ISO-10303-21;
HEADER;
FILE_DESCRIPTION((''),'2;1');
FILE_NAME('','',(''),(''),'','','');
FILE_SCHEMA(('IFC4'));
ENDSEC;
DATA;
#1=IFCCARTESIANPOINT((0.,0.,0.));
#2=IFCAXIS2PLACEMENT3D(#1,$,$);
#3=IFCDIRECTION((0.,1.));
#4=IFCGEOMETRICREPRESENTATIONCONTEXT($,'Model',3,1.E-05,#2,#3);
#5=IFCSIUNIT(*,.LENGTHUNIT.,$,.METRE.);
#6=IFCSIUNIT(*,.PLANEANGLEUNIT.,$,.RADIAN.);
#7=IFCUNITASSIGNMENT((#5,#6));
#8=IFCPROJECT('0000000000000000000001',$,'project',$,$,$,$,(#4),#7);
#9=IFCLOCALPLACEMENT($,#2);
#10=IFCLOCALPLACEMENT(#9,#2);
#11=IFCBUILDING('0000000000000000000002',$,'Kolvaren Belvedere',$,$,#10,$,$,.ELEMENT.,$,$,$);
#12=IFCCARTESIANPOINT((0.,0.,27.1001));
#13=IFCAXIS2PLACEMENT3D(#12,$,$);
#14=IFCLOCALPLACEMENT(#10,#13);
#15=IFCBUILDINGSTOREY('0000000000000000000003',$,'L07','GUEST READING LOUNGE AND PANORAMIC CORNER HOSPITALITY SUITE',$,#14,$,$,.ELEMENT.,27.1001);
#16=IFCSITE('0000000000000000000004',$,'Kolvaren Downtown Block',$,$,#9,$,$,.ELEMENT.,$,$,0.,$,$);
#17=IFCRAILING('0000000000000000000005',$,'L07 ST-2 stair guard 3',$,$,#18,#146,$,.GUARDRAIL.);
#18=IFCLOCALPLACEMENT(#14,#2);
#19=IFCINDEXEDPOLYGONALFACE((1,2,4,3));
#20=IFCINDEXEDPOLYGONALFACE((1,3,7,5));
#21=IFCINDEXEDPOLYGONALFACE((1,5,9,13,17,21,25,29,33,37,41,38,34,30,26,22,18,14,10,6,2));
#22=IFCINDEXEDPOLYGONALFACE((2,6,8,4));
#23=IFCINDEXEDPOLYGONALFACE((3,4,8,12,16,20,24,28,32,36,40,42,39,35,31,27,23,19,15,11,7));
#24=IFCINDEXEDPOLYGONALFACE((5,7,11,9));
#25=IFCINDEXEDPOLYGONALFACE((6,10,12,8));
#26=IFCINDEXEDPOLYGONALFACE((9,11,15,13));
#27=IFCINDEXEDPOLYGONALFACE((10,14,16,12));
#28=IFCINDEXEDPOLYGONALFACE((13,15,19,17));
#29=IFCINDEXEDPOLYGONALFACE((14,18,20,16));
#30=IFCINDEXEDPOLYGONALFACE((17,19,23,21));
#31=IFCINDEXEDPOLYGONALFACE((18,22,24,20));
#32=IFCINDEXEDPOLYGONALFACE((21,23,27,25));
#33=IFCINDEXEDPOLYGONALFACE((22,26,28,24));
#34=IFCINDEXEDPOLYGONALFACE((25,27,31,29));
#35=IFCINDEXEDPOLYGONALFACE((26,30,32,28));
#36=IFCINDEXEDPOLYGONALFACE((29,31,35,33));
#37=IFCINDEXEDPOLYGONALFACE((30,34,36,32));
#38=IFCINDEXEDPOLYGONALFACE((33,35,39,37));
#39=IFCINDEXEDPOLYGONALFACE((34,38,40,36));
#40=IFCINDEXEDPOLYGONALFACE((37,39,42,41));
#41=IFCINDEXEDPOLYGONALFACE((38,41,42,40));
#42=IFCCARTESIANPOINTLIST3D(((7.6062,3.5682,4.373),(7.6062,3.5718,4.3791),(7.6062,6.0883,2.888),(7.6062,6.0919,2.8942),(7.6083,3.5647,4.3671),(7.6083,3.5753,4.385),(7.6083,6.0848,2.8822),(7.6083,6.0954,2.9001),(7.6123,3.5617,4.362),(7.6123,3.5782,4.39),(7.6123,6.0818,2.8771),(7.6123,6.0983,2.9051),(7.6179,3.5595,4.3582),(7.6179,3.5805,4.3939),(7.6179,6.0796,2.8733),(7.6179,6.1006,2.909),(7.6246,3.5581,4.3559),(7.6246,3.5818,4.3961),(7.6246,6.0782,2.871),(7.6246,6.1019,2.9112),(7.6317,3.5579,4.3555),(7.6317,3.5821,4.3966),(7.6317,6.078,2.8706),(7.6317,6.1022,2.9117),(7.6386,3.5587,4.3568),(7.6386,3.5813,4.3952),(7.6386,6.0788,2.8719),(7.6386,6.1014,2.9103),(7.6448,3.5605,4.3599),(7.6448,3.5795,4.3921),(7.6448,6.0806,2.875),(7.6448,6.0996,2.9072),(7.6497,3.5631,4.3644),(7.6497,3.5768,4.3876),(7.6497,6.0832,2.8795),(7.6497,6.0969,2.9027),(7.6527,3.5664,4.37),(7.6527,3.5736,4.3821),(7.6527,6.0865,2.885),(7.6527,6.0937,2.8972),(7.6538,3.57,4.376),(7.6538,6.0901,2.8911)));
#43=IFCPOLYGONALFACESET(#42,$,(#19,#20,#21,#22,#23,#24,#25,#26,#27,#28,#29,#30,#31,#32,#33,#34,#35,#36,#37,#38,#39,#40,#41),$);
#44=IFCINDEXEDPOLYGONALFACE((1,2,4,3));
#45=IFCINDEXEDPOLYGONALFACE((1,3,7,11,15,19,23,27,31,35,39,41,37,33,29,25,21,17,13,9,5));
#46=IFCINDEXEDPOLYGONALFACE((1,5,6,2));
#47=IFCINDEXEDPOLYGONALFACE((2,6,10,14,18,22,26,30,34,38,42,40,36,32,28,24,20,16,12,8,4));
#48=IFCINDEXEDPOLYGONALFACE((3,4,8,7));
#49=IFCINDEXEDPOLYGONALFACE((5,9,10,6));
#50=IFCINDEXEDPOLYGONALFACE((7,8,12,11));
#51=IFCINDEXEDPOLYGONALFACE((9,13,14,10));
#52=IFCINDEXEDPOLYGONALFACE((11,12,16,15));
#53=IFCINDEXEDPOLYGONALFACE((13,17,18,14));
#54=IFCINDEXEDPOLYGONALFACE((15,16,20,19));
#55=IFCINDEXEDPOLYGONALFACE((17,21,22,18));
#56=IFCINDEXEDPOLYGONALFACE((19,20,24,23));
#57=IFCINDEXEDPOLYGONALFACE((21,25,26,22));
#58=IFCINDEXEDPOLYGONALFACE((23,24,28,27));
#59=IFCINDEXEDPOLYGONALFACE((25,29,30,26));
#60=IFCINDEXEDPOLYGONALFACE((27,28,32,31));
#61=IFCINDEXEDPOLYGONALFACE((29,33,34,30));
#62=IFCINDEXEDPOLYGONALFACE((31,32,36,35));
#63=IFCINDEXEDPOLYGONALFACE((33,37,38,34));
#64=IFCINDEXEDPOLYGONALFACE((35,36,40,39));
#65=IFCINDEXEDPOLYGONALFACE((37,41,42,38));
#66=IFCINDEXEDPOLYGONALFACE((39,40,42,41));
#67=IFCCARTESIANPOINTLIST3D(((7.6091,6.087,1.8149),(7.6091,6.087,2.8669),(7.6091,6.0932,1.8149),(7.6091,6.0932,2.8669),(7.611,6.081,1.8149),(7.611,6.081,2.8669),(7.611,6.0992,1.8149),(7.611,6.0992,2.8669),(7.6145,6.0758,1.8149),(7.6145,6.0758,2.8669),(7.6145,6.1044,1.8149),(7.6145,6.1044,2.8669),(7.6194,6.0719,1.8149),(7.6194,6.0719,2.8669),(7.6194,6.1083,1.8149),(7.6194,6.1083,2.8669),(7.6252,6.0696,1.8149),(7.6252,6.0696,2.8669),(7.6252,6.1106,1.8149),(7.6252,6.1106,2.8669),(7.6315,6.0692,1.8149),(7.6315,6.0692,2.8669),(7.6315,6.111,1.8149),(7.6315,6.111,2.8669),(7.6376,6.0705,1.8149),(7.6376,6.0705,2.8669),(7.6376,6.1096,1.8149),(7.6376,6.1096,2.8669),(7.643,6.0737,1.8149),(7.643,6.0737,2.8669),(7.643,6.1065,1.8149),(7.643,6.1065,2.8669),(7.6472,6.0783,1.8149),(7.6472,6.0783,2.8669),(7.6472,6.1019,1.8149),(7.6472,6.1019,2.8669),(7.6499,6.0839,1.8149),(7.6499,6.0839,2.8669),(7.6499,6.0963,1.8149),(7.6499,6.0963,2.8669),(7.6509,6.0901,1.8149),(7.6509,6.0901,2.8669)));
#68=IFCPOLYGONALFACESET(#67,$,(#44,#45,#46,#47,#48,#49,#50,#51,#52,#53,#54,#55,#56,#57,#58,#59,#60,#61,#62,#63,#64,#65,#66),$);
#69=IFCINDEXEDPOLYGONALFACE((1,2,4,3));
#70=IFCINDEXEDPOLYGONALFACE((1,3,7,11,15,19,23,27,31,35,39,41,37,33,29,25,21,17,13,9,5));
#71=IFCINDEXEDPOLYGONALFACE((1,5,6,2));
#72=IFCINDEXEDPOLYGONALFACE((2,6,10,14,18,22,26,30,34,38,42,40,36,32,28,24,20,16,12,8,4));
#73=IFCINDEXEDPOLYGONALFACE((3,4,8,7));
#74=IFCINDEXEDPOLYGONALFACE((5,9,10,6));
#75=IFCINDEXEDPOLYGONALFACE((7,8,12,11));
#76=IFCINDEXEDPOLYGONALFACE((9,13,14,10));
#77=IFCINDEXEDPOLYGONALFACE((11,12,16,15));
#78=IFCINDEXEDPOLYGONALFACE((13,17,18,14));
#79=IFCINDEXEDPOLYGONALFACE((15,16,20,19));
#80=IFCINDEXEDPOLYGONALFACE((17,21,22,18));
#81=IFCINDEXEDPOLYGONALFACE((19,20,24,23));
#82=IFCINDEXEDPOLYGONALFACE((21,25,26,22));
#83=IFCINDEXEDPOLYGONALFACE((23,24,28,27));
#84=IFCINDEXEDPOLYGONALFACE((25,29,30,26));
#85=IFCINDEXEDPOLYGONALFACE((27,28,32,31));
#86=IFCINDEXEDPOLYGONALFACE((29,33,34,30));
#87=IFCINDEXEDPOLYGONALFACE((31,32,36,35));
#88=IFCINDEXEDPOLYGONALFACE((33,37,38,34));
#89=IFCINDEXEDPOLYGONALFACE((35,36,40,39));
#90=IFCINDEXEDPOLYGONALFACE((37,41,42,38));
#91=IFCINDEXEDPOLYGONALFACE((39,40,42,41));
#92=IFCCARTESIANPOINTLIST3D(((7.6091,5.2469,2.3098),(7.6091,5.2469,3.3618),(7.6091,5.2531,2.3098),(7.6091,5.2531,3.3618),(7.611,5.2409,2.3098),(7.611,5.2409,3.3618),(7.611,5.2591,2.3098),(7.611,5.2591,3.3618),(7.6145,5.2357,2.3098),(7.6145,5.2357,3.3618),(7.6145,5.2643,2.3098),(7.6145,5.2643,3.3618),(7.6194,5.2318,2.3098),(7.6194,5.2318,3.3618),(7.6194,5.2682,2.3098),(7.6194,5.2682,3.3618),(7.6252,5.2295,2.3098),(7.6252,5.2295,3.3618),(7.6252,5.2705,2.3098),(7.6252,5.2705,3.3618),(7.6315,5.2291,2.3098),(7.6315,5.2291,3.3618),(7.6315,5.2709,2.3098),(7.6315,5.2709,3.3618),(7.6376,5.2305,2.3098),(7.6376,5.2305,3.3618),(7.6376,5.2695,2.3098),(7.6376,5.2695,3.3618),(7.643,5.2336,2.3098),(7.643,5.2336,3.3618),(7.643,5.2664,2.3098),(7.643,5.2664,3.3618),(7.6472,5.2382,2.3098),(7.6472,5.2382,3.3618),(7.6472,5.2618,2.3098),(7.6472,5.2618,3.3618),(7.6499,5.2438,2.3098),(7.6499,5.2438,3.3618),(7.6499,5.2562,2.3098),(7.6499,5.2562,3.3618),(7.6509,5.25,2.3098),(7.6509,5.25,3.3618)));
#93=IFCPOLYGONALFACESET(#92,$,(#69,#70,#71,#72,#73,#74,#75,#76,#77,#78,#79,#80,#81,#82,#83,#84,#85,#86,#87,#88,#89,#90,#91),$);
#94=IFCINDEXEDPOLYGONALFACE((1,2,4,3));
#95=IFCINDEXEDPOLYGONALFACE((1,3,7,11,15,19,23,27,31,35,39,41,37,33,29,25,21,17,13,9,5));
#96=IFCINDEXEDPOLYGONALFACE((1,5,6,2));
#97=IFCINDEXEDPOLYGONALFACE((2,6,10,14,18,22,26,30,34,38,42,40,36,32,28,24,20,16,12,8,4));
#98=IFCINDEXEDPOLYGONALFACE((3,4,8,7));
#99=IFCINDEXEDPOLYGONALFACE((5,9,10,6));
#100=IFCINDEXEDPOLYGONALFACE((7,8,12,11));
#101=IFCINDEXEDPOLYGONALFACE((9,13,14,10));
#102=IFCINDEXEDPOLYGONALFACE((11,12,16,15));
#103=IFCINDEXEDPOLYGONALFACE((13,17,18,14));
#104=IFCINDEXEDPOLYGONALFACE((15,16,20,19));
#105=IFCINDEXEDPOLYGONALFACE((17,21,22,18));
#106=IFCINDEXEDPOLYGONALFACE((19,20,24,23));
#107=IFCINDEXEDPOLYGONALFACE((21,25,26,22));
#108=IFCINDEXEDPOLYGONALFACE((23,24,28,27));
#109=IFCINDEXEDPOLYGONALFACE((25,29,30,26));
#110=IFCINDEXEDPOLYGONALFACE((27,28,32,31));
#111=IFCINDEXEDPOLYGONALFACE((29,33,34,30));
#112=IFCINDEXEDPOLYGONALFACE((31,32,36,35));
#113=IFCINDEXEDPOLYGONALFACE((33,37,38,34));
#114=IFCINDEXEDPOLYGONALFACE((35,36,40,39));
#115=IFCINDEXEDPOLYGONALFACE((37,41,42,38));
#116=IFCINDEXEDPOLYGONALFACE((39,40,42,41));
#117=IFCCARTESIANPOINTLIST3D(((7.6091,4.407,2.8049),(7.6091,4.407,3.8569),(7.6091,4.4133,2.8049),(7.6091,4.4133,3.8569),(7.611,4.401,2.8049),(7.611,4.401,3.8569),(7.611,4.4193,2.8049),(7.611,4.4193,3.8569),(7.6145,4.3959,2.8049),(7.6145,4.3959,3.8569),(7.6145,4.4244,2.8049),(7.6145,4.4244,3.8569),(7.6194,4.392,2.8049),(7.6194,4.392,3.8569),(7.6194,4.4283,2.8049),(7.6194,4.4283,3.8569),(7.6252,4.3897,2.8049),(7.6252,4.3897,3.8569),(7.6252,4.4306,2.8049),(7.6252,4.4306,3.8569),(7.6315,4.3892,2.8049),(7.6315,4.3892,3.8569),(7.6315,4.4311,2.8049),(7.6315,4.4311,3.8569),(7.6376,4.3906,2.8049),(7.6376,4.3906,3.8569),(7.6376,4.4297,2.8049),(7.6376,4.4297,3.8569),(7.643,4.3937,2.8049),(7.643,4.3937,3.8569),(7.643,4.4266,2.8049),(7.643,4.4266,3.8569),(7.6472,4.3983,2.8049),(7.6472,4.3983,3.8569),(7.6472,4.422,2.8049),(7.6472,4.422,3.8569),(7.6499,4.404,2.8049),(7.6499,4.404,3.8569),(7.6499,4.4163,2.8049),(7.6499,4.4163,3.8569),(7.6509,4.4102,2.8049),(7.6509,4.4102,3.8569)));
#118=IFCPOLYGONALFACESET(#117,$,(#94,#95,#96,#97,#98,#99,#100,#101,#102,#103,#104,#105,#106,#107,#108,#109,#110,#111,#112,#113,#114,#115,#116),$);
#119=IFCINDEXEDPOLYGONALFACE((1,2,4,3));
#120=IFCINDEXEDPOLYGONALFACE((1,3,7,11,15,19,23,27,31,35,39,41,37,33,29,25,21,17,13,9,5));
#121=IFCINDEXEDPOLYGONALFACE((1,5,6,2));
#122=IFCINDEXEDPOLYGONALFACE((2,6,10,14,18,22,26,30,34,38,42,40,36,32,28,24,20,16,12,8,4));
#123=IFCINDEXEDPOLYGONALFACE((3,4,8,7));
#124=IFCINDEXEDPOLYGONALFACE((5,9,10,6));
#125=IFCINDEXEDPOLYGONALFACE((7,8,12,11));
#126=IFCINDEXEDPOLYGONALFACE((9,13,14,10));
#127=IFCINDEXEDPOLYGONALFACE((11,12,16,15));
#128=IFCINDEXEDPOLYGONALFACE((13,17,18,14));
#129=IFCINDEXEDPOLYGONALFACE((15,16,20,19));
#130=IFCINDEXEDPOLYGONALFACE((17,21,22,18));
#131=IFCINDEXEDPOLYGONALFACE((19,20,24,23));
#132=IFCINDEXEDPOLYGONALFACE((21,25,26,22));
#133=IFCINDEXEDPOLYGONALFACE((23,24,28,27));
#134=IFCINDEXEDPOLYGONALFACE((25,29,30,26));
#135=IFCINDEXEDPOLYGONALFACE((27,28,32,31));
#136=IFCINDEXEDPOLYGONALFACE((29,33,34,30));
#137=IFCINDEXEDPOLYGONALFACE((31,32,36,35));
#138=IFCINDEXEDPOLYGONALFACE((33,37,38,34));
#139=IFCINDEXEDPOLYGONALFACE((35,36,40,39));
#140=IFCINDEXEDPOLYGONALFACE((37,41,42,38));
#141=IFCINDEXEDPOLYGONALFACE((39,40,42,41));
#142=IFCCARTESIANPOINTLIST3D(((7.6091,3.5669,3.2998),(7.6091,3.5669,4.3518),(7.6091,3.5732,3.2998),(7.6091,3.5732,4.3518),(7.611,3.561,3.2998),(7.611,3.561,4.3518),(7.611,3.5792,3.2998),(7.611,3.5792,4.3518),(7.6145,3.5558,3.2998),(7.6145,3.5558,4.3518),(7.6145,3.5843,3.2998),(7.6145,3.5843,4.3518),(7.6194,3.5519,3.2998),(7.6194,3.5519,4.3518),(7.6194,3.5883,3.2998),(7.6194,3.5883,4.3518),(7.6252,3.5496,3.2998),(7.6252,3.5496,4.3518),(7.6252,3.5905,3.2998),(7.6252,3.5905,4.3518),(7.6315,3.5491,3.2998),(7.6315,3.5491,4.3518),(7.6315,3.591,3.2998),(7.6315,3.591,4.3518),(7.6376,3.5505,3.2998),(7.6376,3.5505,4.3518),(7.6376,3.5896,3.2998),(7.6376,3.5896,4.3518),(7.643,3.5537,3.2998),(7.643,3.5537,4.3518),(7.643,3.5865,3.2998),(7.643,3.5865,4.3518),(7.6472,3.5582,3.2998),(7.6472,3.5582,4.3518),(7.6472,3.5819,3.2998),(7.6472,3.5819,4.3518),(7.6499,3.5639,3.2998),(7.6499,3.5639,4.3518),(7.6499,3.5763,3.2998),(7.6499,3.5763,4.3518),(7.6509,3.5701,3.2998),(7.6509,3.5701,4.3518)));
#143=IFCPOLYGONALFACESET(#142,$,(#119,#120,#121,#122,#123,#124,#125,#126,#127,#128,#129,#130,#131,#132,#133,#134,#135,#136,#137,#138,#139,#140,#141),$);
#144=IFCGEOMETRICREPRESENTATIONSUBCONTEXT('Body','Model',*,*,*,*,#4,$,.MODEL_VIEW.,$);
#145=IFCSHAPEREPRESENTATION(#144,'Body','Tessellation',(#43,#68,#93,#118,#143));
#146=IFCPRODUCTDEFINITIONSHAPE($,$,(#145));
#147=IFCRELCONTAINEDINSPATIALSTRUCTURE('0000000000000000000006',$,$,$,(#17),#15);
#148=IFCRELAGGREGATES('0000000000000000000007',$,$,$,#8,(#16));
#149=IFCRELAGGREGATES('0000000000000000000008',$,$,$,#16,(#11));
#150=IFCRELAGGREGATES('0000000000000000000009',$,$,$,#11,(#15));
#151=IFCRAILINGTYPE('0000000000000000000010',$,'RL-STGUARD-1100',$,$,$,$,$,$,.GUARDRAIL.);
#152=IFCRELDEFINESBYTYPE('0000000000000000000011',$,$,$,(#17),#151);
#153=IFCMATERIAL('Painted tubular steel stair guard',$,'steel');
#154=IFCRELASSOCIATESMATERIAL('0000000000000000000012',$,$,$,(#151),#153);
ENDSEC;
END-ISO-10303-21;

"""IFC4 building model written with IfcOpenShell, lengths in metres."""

from ifc_helpers import new_model, si_unit, direction, frame, origin, origin_2d, place, context, subcontext, project, spatial, circle, extrude, material, type_object, element, save


model = new_model("IFC4")

# Units and contexts
model_context = context("Model", 3, precision=1e-05, world=origin(), true_north=direction((0.0, 1.0)))
body_context = subcontext(model_context, "Body", "Model", "MODEL_VIEW")
ifc_project = project(units=[si_unit("LENGTHUNIT", "METRE"), si_unit("PLANEANGLEUNIT", "RADIAN")], contexts=[model_context])

# Site, building, storey
site_placement = place(None, origin())
site = spatial("IfcSite", under=ifc_project, at=site_placement, Name="Kolvaren Downtown Block", CompositionType="ELEMENT", RefElevation=0.0)
building_placement = place(site_placement, origin())
building = spatial("IfcBuilding", under=site, at=building_placement, Name="Kolvaren Belvedere", CompositionType="ELEMENT")
storey_placement = place(building_placement, frame((0.0, 0.0, 27.1001)))
storey = spatial("IfcBuildingStorey", under=building, at=storey_placement, Name="L07", Description="GUEST READING LOUNGE AND PANORAMIC CORNER HOSPITALITY SUITE", CompositionType="ELEMENT", Elevation=27.1001)

# Railing
ifc_material_1 = material(Name="Painted tubular steel stair guard", Category="steel")
railing_type_1 = type_object("IfcRailingType", Name="RL-STGUARD-1100", PredefinedType="GUARDRAIL", material=ifc_material_1)
railing_1_placement = place(storey_placement, frame((7.6299, 6.0901, 1.8149)))
element("IfcRailing", 1, at=railing_1_placement, inside=storey, type_object=railing_type_1, Name="L07 ST-2 stair guard 3", PredefinedType="GUARDRAIL", context=body_context, shape_type="SweptSolid", body=[
    extrude(circle(Radius=0.0239, at=origin_2d()), frame((0.0, 0.0, 1.0762), z_axis=(0.0, -0.861561, 0.507655), x_axis=(1.0, 0.0, 0.0)), (0.0, 0.0, 1.0), 2.925),
    extrude(circle(Radius=0.021, at=origin_2d()), origin(), (0.0, 0.0, 1.0), 1.052),
    extrude(circle(Radius=0.021, at=origin_2d()), frame((0.0, -0.8401, 0.4949)), (0.0, 0.0, 1.0), 1.052),
    extrude(circle(Radius=0.021, at=origin_2d()), frame((0.0, -1.6799, 0.99)), (0.0, 0.0, 1.0), 1.052),
    extrude(circle(Radius=0.021, at=origin_2d()), frame((0.0, -2.52, 1.4849)), (0.0, 0.0, 1.0), 1.052),
])

save(model, "model.ifc")
